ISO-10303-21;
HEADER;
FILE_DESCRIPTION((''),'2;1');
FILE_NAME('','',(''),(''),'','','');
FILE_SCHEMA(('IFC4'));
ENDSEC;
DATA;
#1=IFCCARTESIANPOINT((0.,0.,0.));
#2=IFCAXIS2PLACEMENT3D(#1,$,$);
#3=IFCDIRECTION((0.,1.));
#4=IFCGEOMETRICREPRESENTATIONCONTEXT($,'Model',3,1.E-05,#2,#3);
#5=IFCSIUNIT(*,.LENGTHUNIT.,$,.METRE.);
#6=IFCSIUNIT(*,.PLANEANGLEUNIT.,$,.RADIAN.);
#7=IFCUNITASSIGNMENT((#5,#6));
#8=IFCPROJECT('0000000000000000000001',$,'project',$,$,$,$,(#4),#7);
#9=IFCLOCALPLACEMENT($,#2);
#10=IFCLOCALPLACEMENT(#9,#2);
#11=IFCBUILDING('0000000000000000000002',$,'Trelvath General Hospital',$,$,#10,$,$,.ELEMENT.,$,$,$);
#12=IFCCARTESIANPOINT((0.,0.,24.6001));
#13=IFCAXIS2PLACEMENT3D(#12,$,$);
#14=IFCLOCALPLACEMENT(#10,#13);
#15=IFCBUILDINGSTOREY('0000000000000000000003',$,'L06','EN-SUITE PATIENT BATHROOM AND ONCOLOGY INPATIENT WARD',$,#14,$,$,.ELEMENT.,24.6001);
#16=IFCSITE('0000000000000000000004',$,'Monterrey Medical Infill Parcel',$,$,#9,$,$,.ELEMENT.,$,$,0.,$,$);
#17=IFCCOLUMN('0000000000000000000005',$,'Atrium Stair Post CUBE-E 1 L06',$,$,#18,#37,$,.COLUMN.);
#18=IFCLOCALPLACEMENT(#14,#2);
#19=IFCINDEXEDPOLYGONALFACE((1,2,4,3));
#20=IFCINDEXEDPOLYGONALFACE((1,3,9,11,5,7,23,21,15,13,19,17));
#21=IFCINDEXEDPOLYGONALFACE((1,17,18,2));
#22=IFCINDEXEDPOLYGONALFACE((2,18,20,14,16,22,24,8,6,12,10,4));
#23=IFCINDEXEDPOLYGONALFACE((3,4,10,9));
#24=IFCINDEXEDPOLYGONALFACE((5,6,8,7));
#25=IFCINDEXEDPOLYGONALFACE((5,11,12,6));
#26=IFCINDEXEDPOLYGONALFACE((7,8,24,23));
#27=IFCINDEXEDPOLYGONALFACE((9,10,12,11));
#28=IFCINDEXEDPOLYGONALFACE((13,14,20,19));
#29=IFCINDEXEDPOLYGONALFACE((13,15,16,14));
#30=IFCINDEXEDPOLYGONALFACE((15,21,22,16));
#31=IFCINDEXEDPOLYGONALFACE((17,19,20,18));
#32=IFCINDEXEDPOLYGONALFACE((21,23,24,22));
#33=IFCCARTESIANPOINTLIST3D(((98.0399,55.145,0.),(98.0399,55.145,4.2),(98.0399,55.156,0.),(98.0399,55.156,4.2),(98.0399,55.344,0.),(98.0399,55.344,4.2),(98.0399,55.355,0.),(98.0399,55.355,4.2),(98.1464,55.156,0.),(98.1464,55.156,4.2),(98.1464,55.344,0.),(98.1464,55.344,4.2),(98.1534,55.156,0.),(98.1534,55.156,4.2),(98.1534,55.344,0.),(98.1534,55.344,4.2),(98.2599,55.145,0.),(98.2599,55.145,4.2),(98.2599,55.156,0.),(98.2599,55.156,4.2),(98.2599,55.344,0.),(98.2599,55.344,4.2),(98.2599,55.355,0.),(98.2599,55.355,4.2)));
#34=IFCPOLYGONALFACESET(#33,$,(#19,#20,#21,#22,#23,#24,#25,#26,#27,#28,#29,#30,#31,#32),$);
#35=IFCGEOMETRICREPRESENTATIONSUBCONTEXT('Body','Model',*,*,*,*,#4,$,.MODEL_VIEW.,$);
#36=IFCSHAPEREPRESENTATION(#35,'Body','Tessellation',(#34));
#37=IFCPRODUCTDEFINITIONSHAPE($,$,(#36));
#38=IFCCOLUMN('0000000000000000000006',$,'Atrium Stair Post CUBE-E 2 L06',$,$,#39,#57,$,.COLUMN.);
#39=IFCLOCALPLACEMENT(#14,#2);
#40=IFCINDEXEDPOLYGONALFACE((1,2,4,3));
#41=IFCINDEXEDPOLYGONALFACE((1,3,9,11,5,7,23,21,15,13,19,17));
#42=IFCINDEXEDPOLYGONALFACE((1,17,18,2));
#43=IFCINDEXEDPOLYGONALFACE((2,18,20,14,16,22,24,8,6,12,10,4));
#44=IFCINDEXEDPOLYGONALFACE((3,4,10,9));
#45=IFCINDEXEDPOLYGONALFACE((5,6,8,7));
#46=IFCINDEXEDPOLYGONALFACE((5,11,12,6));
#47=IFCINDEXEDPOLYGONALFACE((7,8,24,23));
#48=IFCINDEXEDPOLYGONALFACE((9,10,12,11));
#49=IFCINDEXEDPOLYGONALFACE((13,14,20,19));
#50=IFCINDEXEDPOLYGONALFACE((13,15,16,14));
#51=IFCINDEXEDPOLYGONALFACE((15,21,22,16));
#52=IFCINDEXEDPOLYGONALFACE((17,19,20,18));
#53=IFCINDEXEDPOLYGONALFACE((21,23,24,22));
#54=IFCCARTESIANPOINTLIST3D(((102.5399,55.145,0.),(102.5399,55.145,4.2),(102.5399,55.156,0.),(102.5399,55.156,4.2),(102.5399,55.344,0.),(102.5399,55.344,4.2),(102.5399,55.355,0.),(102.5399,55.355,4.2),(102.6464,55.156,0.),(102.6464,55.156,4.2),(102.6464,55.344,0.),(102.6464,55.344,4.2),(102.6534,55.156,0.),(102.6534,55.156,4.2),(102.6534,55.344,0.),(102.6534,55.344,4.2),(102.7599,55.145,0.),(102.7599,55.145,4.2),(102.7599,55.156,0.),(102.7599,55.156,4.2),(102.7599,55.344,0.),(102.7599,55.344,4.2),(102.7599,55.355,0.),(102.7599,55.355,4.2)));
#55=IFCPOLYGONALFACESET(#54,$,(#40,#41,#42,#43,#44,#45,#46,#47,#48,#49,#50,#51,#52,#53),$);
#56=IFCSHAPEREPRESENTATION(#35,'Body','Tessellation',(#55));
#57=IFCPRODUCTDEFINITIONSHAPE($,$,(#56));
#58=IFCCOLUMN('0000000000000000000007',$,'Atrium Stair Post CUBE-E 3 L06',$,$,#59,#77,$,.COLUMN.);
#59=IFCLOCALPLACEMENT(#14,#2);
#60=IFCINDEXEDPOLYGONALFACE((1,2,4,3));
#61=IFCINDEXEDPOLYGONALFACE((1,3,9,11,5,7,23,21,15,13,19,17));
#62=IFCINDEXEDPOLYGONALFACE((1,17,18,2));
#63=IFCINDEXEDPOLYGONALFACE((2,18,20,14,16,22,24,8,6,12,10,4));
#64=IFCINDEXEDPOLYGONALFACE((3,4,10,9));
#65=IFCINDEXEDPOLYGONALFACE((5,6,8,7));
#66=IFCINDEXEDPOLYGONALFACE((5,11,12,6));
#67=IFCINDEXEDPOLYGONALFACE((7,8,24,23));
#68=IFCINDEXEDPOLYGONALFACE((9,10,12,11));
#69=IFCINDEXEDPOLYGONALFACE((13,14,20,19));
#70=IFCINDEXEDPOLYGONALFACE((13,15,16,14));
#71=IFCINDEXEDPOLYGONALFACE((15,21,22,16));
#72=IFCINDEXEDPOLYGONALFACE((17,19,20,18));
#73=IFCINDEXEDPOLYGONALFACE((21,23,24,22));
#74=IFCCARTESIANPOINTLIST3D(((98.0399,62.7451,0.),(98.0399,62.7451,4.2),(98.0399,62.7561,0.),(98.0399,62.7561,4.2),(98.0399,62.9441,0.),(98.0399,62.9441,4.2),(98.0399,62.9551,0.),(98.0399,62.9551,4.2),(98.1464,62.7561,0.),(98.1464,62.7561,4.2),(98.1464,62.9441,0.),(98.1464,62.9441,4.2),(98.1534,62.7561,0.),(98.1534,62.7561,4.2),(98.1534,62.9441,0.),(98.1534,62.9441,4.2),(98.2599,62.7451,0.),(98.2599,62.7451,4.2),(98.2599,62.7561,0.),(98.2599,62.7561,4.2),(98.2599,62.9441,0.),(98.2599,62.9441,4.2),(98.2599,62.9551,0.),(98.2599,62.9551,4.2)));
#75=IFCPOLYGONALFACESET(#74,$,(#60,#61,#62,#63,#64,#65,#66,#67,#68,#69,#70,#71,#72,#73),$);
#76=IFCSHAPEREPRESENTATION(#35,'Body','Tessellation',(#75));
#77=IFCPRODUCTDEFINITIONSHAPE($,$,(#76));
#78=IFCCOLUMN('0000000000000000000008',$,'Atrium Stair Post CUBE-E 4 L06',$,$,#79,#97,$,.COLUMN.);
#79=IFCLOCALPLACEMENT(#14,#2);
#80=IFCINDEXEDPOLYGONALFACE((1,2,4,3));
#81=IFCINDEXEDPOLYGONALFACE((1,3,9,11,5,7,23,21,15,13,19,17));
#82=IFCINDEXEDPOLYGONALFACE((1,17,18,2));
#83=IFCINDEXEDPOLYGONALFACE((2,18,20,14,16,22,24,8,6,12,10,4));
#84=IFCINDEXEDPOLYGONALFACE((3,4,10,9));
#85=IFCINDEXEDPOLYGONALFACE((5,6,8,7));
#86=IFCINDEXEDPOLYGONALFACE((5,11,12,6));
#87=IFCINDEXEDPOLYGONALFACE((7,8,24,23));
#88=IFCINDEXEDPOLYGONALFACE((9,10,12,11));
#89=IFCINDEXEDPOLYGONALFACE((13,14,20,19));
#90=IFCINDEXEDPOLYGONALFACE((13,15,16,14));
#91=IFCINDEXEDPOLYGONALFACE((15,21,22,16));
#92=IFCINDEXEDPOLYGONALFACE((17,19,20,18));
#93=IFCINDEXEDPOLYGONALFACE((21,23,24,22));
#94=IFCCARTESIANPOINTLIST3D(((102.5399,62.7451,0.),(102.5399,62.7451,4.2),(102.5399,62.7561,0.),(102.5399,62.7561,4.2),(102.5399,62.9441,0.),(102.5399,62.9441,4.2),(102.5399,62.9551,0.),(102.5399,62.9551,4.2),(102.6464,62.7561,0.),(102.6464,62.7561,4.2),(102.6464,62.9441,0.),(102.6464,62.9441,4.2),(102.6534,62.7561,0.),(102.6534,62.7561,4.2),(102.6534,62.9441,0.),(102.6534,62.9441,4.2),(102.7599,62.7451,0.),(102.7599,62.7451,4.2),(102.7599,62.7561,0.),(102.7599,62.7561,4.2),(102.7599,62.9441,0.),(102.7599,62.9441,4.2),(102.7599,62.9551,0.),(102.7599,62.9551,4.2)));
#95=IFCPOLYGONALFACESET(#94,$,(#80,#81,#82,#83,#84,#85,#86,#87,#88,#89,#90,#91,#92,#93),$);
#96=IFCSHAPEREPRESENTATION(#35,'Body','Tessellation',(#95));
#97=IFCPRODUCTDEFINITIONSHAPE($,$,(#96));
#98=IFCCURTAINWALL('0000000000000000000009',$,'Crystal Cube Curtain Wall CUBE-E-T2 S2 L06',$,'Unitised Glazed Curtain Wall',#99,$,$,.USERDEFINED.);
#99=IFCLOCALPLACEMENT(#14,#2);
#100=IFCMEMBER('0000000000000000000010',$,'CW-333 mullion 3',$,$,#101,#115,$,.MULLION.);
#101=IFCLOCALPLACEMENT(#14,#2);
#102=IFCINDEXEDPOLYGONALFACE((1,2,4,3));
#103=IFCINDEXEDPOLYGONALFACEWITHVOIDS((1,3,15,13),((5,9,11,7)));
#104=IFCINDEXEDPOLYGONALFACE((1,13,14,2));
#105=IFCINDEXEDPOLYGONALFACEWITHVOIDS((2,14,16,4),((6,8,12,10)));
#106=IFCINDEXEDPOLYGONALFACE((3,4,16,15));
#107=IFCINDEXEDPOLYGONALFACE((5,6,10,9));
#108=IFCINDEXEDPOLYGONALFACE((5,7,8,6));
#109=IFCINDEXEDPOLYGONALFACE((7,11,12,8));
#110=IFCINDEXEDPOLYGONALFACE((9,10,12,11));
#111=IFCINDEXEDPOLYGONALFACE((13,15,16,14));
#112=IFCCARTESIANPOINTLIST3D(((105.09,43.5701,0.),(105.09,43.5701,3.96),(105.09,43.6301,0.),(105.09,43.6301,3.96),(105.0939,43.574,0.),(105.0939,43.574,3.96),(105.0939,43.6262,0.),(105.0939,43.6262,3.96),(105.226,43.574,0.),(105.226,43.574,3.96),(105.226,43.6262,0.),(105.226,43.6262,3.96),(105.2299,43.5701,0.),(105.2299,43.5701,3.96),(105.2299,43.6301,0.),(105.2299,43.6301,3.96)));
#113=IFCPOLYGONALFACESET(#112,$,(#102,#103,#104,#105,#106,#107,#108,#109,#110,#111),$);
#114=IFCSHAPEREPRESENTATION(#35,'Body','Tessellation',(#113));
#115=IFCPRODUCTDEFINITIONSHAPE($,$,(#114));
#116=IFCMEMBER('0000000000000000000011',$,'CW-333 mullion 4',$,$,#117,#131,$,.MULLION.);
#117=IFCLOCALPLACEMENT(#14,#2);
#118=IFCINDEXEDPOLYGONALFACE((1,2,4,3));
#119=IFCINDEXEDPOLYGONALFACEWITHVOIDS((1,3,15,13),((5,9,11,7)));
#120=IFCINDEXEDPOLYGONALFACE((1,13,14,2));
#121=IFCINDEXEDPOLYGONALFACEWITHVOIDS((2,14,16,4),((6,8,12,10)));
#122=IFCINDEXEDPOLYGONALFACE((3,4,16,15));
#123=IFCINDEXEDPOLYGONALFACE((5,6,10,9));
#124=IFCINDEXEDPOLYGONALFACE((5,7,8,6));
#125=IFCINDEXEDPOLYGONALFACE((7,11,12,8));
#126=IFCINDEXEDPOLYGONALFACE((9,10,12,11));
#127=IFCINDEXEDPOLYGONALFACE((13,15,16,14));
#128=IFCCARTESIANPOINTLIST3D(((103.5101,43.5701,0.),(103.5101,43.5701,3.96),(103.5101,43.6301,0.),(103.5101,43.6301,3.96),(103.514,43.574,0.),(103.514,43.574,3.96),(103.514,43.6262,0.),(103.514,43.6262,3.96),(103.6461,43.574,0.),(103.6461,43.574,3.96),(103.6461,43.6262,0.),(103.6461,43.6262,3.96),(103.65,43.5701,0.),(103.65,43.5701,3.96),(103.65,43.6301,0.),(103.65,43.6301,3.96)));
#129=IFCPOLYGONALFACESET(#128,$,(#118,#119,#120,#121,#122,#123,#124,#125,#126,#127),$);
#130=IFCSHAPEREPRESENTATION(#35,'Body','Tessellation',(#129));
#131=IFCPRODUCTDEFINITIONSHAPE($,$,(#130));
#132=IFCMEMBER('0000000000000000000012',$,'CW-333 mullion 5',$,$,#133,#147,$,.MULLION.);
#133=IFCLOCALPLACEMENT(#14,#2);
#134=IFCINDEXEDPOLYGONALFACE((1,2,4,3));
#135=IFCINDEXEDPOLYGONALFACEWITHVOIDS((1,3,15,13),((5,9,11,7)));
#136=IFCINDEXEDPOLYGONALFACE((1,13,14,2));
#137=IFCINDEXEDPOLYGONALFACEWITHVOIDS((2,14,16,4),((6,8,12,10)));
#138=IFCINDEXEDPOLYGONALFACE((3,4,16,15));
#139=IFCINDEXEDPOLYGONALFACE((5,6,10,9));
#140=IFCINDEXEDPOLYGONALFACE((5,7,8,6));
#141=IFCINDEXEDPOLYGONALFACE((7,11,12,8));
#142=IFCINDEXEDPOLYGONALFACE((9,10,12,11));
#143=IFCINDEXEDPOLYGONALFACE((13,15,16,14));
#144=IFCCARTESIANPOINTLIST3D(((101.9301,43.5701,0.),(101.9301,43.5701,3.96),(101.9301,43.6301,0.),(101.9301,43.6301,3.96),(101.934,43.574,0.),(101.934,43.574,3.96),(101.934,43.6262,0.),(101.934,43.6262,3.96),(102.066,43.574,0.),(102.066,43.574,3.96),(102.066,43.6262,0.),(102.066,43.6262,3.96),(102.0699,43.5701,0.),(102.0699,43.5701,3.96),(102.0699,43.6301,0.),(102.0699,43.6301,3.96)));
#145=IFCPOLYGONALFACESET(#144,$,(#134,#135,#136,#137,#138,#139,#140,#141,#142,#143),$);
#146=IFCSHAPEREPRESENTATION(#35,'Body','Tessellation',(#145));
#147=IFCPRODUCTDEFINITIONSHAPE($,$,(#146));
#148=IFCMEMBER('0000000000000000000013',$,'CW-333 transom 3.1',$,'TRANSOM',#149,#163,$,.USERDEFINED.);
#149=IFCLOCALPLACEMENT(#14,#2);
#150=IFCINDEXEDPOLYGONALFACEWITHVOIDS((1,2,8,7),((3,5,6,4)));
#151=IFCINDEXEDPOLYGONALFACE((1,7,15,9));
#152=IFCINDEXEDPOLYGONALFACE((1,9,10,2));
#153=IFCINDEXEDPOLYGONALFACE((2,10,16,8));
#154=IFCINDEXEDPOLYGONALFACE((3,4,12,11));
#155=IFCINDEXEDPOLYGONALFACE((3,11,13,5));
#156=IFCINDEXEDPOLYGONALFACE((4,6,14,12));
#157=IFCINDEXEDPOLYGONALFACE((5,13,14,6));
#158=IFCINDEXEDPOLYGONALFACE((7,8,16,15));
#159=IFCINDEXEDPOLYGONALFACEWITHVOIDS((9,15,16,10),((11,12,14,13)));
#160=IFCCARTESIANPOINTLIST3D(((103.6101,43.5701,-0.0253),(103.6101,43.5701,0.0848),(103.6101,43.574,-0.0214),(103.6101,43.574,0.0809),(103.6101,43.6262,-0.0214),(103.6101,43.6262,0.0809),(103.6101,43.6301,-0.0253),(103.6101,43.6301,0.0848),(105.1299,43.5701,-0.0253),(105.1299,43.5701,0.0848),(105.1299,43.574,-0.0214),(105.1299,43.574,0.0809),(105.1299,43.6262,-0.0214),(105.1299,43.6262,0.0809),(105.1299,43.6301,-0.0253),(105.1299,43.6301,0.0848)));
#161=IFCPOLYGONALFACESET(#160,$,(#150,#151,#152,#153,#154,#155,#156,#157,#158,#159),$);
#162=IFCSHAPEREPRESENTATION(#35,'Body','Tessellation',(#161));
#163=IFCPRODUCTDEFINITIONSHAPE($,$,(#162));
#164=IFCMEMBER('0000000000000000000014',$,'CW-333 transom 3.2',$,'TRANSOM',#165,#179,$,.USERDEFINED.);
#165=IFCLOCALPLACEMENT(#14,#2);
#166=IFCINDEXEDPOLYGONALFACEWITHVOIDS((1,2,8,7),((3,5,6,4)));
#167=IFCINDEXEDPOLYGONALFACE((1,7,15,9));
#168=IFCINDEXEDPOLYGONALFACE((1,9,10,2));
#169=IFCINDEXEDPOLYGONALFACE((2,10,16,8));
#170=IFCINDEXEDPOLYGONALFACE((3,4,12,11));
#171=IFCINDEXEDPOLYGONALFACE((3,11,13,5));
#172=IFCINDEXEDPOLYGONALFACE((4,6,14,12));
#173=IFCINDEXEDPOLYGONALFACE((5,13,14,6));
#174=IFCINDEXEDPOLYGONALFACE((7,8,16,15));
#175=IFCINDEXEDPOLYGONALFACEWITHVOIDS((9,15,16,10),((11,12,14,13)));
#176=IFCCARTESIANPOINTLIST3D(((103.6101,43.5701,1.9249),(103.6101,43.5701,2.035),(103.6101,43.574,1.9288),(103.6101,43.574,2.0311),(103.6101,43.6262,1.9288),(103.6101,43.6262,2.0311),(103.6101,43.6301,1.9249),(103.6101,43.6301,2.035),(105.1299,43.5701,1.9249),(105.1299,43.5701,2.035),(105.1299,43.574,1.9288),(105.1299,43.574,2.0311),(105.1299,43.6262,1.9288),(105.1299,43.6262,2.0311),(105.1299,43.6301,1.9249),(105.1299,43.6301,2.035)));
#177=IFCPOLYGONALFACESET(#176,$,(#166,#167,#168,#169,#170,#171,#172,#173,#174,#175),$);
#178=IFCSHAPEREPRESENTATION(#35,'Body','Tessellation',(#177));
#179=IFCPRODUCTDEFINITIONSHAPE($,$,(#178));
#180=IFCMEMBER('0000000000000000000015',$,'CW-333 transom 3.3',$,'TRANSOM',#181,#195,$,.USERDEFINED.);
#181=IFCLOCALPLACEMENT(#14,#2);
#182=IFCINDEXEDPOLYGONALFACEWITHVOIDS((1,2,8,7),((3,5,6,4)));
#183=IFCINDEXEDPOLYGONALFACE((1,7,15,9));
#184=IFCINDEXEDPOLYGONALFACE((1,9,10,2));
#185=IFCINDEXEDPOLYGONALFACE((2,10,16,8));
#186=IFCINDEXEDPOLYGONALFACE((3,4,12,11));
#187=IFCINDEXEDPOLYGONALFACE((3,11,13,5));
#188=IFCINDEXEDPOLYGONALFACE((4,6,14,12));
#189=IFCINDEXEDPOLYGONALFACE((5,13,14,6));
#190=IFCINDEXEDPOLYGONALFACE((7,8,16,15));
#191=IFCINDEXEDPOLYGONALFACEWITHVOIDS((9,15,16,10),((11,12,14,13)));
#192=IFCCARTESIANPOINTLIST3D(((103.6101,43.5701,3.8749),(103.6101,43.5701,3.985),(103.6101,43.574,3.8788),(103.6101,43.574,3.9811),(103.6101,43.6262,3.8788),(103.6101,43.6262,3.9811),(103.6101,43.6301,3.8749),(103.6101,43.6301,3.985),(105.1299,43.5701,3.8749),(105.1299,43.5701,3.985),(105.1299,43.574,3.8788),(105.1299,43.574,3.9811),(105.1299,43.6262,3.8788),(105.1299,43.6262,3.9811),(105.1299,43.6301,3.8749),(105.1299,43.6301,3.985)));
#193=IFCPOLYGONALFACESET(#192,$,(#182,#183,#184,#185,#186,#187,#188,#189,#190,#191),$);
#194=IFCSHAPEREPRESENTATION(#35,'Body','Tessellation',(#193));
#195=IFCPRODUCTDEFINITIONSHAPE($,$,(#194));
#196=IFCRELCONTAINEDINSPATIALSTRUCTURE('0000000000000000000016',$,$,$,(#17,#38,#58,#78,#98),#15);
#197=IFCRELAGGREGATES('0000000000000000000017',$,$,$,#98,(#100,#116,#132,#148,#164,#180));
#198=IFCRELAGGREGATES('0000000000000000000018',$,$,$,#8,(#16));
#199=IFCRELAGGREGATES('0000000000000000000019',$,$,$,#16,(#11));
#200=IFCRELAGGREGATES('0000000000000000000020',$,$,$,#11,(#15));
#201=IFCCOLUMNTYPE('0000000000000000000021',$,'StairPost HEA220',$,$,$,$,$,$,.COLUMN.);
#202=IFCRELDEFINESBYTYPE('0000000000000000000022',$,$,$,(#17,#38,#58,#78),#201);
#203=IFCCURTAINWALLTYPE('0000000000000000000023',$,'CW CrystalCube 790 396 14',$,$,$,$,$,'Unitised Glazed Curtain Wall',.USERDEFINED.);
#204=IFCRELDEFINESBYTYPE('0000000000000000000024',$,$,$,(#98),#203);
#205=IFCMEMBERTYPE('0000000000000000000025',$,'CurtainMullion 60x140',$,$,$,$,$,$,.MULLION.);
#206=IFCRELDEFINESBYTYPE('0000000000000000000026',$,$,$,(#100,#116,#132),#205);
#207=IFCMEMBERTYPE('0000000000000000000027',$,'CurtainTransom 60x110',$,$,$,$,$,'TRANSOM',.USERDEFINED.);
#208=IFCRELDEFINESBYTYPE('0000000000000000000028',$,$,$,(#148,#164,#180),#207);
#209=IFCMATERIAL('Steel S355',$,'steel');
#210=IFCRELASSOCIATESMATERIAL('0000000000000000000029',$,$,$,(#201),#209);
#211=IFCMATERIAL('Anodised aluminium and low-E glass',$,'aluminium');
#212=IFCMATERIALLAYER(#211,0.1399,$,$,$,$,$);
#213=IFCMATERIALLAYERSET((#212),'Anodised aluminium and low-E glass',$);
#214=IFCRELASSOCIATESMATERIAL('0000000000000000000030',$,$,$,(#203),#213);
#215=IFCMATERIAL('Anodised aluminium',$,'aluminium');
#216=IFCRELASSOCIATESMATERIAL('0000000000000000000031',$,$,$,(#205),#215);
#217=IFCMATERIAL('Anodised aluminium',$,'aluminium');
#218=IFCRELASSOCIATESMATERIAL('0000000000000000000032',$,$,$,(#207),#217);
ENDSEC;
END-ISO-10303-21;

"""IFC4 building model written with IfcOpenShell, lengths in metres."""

from ifc_helpers import new_model, si_unit, direction, frame, origin, origin_2d, place, context, subcontext, project, spatial, hollow_rectangle, i_section, extrude, material, layer, layer_set, material_profile, profile_set, type_object, element, aggregate, save


model = new_model("IFC4")

# Units and contexts
model_context = context("Model", 3, precision=1e-05, world=origin(), true_north=direction((0.0, 1.0)))
body_context = subcontext(model_context, "Body", "Model", "MODEL_VIEW")
ifc_project = project(units=[si_unit("LENGTHUNIT", "METRE"), si_unit("PLANEANGLEUNIT", "RADIAN")], contexts=[model_context])

# Site, building, storey
site_placement = place(None, origin())
site = spatial("IfcSite", under=ifc_project, at=site_placement, Name="Monterrey Medical Infill Parcel", CompositionType="ELEMENT", RefElevation=0.0)
building_placement = place(site_placement, origin())
building = spatial("IfcBuilding", under=site, at=building_placement, Name="Trelvath General Hospital", CompositionType="ELEMENT")
storey_placement = place(building_placement, frame((0.0, 0.0, 24.6001)))
storey = spatial("IfcBuildingStorey", under=building, at=storey_placement, Name="L06", Description="EN-SUITE PATIENT BATHROOM AND ONCOLOGY INPATIENT WARD", CompositionType="ELEMENT", Elevation=24.6001)

# Columns
ifc_material_1 = material(Name="Steel S355", Category="steel")
ifc_material_profile_1 = material_profile(ifc_material_1, i_section(OverallWidth=0.22, OverallDepth=0.21, WebThickness=0.0071, FlangeThickness=0.011, at=origin_2d()), Name="HEA220")
ifc_profile_set_1 = profile_set([ifc_material_profile_1], Name="Steel S355")
column_type = type_object("IfcColumnType", Name="StairPost HEA220", PredefinedType="COLUMN", material=ifc_profile_set_1)
for number, where, z_axis, x_axis, name in (
    (1, (98.1499, 55.25, 0.0), (0.0, 0.0, 1.0), (1.0, 0.0, 0.0), "Atrium Stair Post CUBE-E 1 L06"),
    (2, (102.6499, 55.25, 0.0), (0.0, 0.0, 1.0), (1.0, 0.0, 0.0), "Atrium Stair Post CUBE-E 2 L06"),
    (3, (98.1499, 62.8501, 0.0), (0.0, 0.0, 1.0), (1.0, 0.0, 0.0), "Atrium Stair Post CUBE-E 3 L06"),
    (4, (102.6499, 62.8501, 0.0), (0.0, 0.0, 1.0), (1.0, 0.0, 0.0), "Atrium Stair Post CUBE-E 4 L06"),
):
    element("IfcColumn", number, at=place(storey_placement, frame(where, z_axis=z_axis, x_axis=x_axis)), inside=storey, type_object=column_type, Name=name, PredefinedType="COLUMN", context=body_context, shape_type="SweptSolid", body=[
        extrude(i_section(OverallWidth=0.22, OverallDepth=0.21, WebThickness=0.0071, FlangeThickness=0.011, at=origin_2d()), origin(), (0.0, 0.0, 1.0), 4.2),
    ])

# Curtain wall, members
ifc_material_2 = material(Name="Anodised aluminium and low-E glass", Category="aluminium")
ifc_layer_1 = layer(ifc_material_2, 0.1399)
ifc_layer_set_1 = layer_set([ifc_layer_1], Name="Anodised aluminium and low-E glass")
curtain_wall_type = type_object("IfcCurtainWallType", Name="CW CrystalCube 790 396 14", ElementType="Unitised Glazed Curtain Wall", PredefinedType="USERDEFINED", material=ifc_layer_set_1)
curtain_wall_placement = place(storey_placement, origin())
curtain_wall = element("IfcCurtainWall", 5, at=curtain_wall_placement, inside=storey, type_object=curtain_wall_type, Name="Crystal Cube Curtain Wall CUBE-E-T2 S2 L06", ObjectType="Unitised Glazed Curtain Wall", PredefinedType="USERDEFINED")
ifc_material_3 = material(Name="Anodised aluminium", Category="aluminium")
ifc_material_profile_2 = material_profile(ifc_material_3, hollow_rectangle(XDim=0.0601, YDim=0.1399, WallThickness=0.0039, at=origin_2d()), Name="RHS60x140x4")
ifc_profile_set_2 = profile_set([ifc_material_profile_2], Name="Anodised aluminium")
member_type_1 = type_object("IfcMemberType", Name="CurtainMullion 60x140", PredefinedType="MULLION", material=ifc_profile_set_2)
member_1_placement = place(storey_placement, frame((105.1599, 43.6001, 0.0), z_axis=(0.0, 0.0, 1.0), x_axis=(0.0, -1.0, 0.0)))
member_1 = element("IfcMember", 6, at=member_1_placement, type_object=member_type_1, Name="CW-333 mullion 3", PredefinedType="MULLION", context=body_context, shape_type="SweptSolid", body=[
    extrude(hollow_rectangle(XDim=0.0601, YDim=0.1399, WallThickness=0.0039, at=origin_2d()), origin(), (0.0, 0.0, 1.0), 3.96),
])
member_2_placement = place(storey_placement, frame((103.5801, 43.6001, 0.0), z_axis=(0.0, 0.0, 1.0), x_axis=(0.0, -1.0, 0.0)))
member_2 = element("IfcMember", 7, at=member_2_placement, type_object=member_type_1, Name="CW-333 mullion 4", PredefinedType="MULLION", context=body_context, shape_type="SweptSolid", body=[
    extrude(hollow_rectangle(XDim=0.0601, YDim=0.1399, WallThickness=0.0039, at=origin_2d()), origin(), (0.0, 0.0, 1.0), 3.96),
])
member_3_placement = place(storey_placement, frame((102.0, 43.6001, 0.0), z_axis=(0.0, 0.0, 1.0), x_axis=(0.0, -1.0, 0.0)))
member_3 = element("IfcMember", 8, at=member_3_placement, type_object=member_type_1, Name="CW-333 mullion 5", PredefinedType="MULLION", context=body_context, shape_type="SweptSolid", body=[
    extrude(hollow_rectangle(XDim=0.0601, YDim=0.1399, WallThickness=0.0039, at=origin_2d()), origin(), (0.0, 0.0, 1.0), 3.96),
])
ifc_material_4 = material(Name="Anodised aluminium", Category="aluminium")
ifc_material_profile_3 = material_profile(ifc_material_4, hollow_rectangle(XDim=0.0601, YDim=0.1101, WallThickness=0.0039, at=origin_2d()), Name="RHS60x110x4")
ifc_profile_set_3 = profile_set([ifc_material_profile_3], Name="Anodised aluminium")
member_type_2 = type_object("IfcMemberType", Name="CurtainTransom 60x110", ElementType="TRANSOM", PredefinedType="USERDEFINED", material=ifc_profile_set_3)
member_4_placement = place(storey_placement, frame((105.1299, 43.6001, 0.0298), z_axis=(-1.0, 0.0, 0.0), x_axis=(0.0, -1.0, 0.0)))
member_4 = element("IfcMember", 9, at=member_4_placement, type_object=member_type_2, Name="CW-333 transom 3.1", ObjectType="TRANSOM", PredefinedType="USERDEFINED", context=body_context, shape_type="SweptSolid", body=[
    extrude(hollow_rectangle(XDim=0.0601, YDim=0.1101, WallThickness=0.0039, at=origin_2d()), origin(), (0.0, 0.0, 1.0), 1.5198),
])
member_5_placement = place(storey_placement, frame((105.1299, 43.6001, 1.98), z_axis=(-1.0, 0.0, 0.0), x_axis=(0.0, -1.0, 0.0)))
member_5 = element("IfcMember", 10, at=member_5_placement, type_object=member_type_2, Name="CW-333 transom 3.2", ObjectType="TRANSOM", PredefinedType="USERDEFINED", context=body_context, shape_type="SweptSolid", body=[
    extrude(hollow_rectangle(XDim=0.0601, YDim=0.1101, WallThickness=0.0039, at=origin_2d()), origin(), (0.0, 0.0, 1.0), 1.5198),
])
member_6_placement = place(storey_placement, frame((105.1299, 43.6001, 3.9299), z_axis=(-1.0, 0.0, 0.0), x_axis=(0.0, -1.0, 0.0)))
member_6 = element("IfcMember", 11, at=member_6_placement, type_object=member_type_2, Name="CW-333 transom 3.3", ObjectType="TRANSOM", PredefinedType="USERDEFINED", context=body_context, shape_type="SweptSolid", body=[
    extrude(hollow_rectangle(XDim=0.0601, YDim=0.1101, WallThickness=0.0039, at=origin_2d()), origin(), (0.0, 0.0, 1.0), 1.5198),
])

aggregate(curtain_wall, [member_1, member_2, member_3, member_4, member_5, member_6])

save(model, "model.ifc")
